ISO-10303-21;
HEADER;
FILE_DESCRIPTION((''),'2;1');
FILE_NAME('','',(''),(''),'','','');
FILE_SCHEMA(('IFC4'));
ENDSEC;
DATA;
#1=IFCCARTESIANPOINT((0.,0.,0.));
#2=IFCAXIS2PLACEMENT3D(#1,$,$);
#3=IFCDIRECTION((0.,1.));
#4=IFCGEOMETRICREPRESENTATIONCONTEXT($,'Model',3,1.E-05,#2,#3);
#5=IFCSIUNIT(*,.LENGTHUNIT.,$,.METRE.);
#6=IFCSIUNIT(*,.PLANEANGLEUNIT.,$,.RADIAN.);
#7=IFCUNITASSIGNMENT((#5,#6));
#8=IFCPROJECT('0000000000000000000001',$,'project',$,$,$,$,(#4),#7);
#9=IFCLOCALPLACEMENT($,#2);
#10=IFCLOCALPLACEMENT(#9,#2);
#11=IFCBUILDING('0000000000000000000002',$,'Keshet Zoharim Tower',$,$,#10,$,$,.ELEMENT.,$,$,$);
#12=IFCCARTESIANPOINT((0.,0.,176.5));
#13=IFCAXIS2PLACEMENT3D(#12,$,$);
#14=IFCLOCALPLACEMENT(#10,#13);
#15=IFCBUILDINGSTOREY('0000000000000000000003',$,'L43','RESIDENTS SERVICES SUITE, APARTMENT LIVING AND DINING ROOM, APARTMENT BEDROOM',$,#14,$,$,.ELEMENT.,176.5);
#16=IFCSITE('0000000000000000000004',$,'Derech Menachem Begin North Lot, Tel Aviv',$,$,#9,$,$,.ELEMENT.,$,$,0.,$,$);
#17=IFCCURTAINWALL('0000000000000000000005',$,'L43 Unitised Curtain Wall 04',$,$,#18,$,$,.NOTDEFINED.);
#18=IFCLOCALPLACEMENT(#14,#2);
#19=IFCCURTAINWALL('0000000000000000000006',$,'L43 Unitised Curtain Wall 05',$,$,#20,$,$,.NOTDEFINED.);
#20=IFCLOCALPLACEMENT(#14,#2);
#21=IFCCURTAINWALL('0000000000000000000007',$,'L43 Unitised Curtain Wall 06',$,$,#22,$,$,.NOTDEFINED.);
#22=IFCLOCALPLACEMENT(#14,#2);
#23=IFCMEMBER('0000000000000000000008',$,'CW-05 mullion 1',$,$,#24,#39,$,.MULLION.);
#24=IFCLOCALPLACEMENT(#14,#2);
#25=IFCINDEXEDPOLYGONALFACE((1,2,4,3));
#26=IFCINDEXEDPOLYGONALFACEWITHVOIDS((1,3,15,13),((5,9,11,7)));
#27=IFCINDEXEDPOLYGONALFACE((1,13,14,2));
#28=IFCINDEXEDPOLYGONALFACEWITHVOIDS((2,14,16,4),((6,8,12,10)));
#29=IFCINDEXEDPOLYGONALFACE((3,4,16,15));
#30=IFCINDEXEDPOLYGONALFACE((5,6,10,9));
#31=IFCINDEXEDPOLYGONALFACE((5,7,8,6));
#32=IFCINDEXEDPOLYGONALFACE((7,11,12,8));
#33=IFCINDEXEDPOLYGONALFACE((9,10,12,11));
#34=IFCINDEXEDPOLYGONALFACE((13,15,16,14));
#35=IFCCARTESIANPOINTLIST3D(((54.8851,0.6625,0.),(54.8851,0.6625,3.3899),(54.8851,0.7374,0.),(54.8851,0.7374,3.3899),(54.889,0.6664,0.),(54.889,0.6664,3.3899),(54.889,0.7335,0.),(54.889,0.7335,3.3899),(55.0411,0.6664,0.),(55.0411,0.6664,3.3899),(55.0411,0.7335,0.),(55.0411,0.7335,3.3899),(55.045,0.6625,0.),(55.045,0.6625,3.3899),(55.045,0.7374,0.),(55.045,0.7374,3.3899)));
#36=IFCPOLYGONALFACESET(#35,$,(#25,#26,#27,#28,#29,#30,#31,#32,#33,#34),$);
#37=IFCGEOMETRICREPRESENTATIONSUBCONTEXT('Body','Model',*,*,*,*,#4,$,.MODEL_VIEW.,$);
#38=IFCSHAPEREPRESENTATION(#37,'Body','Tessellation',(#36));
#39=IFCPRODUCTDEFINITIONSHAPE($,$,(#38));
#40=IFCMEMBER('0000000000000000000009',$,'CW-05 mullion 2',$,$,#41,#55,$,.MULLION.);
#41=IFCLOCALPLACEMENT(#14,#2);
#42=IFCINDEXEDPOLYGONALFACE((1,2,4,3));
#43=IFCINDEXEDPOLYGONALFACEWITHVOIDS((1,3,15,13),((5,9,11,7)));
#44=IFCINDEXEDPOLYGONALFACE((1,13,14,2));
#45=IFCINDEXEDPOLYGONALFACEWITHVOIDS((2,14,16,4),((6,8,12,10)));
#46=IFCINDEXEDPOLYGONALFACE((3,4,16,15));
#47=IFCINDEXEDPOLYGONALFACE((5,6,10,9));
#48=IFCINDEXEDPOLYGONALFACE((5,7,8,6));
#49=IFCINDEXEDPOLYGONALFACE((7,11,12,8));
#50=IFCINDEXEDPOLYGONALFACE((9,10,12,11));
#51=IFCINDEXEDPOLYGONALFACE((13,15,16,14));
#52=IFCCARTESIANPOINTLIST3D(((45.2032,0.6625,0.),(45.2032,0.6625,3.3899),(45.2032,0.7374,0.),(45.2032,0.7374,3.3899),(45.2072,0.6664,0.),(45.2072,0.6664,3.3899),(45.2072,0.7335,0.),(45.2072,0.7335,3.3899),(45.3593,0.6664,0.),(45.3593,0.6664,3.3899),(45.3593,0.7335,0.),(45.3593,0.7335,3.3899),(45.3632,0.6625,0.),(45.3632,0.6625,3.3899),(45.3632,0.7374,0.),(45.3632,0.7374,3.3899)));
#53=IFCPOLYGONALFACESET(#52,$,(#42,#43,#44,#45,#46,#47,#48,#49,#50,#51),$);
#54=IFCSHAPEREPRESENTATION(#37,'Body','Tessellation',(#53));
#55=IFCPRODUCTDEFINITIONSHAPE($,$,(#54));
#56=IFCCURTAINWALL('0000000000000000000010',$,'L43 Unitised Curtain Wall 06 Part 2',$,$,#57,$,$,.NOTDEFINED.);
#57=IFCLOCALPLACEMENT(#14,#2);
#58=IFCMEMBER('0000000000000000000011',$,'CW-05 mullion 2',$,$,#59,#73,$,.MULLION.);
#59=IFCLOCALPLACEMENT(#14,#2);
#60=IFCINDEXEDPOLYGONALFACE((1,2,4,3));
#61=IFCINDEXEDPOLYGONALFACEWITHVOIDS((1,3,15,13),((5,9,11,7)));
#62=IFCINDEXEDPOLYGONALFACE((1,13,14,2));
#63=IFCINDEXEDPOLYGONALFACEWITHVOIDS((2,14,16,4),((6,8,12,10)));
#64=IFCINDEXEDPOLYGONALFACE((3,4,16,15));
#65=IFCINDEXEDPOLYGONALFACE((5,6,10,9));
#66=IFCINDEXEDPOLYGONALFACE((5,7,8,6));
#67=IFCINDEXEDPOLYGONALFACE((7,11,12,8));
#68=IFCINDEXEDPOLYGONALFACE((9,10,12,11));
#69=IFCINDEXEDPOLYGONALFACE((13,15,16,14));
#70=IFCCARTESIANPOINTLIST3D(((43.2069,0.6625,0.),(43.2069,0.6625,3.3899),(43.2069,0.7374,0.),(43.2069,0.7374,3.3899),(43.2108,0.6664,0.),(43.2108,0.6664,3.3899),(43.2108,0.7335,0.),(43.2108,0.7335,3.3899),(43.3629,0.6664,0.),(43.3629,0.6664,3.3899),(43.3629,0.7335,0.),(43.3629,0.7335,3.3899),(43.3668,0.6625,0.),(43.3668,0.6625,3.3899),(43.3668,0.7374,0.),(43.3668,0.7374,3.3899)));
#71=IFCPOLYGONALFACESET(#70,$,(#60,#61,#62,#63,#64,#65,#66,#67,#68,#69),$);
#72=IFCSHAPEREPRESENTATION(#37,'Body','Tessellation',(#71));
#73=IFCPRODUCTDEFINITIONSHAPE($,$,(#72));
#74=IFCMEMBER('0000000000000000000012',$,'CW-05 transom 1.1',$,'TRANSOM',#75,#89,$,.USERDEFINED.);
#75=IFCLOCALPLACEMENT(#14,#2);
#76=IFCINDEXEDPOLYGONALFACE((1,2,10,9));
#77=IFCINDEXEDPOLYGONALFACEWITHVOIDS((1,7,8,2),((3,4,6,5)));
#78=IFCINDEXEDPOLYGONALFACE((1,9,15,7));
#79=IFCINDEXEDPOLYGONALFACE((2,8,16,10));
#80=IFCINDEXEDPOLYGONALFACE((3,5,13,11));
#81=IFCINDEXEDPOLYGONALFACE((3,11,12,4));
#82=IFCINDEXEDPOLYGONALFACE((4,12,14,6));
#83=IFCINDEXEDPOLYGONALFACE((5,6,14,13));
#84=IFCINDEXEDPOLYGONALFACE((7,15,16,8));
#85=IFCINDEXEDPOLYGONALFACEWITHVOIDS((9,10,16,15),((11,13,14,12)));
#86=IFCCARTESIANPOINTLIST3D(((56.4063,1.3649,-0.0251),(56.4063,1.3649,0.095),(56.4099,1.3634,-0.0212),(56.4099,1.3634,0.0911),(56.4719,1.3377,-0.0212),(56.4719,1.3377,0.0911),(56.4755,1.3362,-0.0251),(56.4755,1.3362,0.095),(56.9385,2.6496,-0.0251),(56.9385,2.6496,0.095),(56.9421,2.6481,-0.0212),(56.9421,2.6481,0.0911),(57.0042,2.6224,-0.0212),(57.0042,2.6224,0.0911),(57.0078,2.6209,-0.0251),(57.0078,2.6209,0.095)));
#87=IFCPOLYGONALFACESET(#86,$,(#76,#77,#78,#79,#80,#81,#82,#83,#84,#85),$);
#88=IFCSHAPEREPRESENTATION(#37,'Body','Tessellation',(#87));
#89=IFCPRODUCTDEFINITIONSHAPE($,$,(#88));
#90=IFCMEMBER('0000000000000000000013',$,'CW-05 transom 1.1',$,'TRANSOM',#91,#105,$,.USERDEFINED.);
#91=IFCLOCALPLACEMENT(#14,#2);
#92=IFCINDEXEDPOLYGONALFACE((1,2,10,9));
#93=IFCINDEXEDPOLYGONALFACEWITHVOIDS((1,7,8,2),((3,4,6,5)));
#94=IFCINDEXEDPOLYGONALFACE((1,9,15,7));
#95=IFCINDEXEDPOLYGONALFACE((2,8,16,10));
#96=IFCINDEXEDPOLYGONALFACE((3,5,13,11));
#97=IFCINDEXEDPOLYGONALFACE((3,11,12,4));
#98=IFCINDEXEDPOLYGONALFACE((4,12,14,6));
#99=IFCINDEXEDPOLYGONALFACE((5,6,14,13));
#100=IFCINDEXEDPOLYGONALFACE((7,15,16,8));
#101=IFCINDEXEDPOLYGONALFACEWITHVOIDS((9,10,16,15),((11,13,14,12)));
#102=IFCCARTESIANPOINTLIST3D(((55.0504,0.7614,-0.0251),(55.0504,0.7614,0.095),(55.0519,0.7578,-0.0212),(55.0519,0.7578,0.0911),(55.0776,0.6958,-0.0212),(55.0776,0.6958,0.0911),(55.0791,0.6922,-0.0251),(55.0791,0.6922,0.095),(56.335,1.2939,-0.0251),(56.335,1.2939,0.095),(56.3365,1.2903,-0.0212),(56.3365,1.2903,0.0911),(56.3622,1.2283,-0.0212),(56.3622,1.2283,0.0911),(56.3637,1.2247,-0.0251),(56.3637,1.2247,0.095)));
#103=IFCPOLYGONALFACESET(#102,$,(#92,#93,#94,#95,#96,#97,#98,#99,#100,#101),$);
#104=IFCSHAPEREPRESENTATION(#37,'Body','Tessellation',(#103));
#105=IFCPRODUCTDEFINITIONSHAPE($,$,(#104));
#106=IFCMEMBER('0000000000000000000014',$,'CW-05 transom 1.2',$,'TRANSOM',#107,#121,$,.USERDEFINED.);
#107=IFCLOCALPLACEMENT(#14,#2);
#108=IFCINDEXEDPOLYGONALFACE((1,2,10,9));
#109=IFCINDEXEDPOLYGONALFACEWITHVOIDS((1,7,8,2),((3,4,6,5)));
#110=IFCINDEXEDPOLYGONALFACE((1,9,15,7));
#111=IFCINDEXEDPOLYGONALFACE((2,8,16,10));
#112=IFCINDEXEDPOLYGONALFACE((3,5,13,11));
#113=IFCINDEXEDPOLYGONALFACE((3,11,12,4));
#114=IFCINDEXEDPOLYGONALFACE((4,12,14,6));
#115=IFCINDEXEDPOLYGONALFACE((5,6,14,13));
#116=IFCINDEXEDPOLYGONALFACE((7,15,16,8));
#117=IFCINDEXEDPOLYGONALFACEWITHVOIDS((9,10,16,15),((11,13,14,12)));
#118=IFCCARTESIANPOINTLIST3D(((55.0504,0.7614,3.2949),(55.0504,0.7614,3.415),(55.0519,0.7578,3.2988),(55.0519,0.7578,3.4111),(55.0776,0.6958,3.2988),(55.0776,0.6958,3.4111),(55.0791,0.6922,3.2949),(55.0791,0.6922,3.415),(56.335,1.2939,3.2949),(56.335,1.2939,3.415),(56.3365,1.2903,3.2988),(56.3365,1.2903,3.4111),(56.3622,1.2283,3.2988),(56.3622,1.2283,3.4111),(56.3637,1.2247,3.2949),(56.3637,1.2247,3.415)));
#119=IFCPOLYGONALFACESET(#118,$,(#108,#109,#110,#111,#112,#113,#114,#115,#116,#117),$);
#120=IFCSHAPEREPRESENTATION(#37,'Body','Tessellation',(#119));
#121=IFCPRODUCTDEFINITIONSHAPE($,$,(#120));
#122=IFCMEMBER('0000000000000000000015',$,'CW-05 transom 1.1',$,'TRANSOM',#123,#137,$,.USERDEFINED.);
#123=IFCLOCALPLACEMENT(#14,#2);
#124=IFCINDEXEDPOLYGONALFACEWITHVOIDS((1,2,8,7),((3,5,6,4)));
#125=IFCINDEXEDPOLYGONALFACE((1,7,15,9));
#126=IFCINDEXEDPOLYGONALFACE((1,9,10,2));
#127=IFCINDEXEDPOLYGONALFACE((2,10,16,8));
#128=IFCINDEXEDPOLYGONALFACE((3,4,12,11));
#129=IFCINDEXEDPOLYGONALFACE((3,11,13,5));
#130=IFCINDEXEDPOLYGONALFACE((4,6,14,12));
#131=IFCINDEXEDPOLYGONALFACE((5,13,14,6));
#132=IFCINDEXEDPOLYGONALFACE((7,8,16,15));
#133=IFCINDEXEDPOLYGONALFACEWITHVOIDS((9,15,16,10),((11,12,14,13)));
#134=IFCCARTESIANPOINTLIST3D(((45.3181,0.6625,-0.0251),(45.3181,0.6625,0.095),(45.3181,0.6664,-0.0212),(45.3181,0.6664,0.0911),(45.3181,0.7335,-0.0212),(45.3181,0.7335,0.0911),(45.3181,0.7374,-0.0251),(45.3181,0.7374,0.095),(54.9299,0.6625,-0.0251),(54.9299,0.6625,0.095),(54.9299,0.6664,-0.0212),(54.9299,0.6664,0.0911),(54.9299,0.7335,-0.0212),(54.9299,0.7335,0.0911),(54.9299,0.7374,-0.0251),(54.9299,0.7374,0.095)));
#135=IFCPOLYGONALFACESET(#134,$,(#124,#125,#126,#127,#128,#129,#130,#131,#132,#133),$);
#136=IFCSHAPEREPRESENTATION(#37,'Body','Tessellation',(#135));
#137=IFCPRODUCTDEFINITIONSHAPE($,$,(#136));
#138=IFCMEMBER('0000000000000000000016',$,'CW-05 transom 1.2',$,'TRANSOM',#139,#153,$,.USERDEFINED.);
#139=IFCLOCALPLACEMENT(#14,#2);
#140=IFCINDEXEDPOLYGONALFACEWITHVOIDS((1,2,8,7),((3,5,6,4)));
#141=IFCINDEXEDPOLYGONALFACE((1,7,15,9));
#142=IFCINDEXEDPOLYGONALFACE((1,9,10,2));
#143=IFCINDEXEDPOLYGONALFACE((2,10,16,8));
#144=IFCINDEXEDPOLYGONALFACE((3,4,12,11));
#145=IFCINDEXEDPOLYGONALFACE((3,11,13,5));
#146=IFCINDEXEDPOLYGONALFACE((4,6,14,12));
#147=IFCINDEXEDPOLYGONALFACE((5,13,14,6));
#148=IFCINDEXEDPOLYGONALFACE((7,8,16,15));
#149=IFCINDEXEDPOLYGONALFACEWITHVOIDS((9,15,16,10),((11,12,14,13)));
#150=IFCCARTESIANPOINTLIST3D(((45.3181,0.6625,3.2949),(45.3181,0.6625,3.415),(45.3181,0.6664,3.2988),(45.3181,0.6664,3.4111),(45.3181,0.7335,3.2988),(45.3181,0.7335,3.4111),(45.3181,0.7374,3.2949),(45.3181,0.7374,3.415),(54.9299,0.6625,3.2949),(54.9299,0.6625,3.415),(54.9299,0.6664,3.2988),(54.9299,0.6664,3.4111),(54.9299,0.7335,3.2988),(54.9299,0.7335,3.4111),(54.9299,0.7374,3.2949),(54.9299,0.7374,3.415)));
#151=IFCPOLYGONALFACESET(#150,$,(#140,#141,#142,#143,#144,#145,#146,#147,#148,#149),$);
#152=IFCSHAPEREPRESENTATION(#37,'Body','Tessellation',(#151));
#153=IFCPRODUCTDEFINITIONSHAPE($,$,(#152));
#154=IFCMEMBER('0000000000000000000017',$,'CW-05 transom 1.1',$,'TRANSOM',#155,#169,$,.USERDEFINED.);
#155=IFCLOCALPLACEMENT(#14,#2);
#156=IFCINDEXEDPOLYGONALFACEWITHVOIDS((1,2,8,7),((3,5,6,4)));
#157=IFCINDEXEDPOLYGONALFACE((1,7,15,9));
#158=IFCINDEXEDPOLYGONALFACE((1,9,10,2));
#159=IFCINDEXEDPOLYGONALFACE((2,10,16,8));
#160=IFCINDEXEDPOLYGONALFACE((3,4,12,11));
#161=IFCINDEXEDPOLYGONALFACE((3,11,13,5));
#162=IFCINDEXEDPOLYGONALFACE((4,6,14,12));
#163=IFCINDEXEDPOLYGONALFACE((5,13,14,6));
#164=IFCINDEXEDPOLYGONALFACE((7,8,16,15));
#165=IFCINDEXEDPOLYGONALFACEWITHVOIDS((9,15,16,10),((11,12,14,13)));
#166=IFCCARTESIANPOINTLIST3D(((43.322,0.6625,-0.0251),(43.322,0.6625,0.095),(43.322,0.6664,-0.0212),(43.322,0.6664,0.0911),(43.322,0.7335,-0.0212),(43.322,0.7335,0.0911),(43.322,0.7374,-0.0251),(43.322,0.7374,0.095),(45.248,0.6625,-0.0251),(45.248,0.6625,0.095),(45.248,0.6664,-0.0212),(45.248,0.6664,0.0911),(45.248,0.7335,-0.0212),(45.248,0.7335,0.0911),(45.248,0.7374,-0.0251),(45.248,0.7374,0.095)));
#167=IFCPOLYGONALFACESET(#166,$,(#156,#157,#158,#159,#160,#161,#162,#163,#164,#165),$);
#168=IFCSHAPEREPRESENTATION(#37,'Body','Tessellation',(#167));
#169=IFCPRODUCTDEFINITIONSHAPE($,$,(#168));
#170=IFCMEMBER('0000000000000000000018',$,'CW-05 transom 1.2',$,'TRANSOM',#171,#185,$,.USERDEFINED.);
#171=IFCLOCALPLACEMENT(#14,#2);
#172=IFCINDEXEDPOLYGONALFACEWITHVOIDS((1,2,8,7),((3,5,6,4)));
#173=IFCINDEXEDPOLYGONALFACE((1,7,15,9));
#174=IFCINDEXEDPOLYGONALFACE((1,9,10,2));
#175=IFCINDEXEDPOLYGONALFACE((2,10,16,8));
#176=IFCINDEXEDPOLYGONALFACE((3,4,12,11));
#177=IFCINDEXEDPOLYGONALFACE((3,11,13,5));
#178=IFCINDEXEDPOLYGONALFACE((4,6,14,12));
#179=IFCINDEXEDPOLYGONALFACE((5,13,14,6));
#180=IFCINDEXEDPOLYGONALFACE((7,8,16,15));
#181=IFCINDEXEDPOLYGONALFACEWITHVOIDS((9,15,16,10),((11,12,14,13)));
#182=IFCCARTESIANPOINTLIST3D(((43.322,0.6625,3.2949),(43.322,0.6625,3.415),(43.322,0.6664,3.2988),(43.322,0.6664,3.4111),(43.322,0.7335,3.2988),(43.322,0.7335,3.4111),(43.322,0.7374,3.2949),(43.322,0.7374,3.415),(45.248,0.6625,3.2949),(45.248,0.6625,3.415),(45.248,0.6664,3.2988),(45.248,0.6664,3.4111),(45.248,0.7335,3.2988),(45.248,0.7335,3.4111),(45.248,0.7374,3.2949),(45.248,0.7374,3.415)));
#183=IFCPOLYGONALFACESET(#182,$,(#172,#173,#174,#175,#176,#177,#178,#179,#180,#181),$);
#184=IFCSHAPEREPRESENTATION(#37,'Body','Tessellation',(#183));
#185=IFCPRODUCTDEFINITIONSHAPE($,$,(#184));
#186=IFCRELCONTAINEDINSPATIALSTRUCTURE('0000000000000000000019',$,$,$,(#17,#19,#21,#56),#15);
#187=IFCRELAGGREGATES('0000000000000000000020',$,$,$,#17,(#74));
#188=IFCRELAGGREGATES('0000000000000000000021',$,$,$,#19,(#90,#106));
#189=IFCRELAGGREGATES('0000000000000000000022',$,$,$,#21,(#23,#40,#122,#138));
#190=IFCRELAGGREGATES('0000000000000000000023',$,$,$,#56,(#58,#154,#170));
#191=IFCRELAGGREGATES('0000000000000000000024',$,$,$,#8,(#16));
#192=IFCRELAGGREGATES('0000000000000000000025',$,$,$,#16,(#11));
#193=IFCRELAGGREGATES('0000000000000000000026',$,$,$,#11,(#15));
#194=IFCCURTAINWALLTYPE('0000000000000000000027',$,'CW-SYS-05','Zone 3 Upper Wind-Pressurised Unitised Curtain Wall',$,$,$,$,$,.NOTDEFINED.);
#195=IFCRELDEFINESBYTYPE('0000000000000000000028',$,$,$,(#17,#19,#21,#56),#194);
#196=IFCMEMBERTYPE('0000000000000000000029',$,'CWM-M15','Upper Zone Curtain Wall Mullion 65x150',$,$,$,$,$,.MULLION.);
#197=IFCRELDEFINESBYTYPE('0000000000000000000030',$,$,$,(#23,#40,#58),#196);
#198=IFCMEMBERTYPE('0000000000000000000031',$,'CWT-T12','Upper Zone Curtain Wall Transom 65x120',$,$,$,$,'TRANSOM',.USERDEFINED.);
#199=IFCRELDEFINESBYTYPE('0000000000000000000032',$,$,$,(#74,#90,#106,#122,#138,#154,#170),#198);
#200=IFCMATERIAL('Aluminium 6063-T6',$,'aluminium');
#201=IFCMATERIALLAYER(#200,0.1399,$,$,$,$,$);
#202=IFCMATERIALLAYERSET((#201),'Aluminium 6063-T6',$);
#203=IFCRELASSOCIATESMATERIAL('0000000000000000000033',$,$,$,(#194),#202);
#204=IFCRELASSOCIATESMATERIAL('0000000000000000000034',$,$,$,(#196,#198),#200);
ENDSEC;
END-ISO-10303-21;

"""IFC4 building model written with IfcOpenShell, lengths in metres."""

from ifc_helpers import new_model, si_unit, direction, frame, origin, origin_2d, place, context, subcontext, project, spatial, hollow_rectangle, extrude, material, layer, layer_set, material_profile, profile_set, type_object, element, aggregate, save


model = new_model("IFC4")

# Units and contexts
model_context = context("Model", 3, precision=1e-05, world=origin(), true_north=direction((0.0, 1.0)))
body_context = subcontext(model_context, "Body", "Model", "MODEL_VIEW")
ifc_project = project(units=[si_unit("LENGTHUNIT", "METRE"), si_unit("PLANEANGLEUNIT", "RADIAN")], contexts=[model_context])

# Site, building, storey
site_placement = place(None, origin())
site = spatial("IfcSite", under=ifc_project, at=site_placement, Name="Derech Menachem Begin North Lot, Tel Aviv", CompositionType="ELEMENT", RefElevation=0.0)
building_placement = place(site_placement, origin())
building = spatial("IfcBuilding", under=site, at=building_placement, Name="Keshet Zoharim Tower", CompositionType="ELEMENT")
storey_placement = place(building_placement, frame((0.0, 0.0, 176.5)))
storey = spatial("IfcBuildingStorey", under=building, at=storey_placement, Name="L43", Description="RESIDENTS SERVICES SUITE, APARTMENT LIVING AND DINING ROOM, APARTMENT BEDROOM", CompositionType="ELEMENT", Elevation=176.5)

# Curtain wall
ifc_material_1 = material(Name="Aluminium 6063-T6", Category="aluminium")
ifc_layer_1 = layer(ifc_material_1, 0.1399)
ifc_layer_set_1 = layer_set([ifc_layer_1], Name="Aluminium 6063-T6")
curtain_wall_type = type_object("IfcCurtainWallType", Name="CW-SYS-05", Description="Zone 3 Upper Wind-Pressurised Unitised Curtain Wall", PredefinedType="NOTDEFINED", material=ifc_layer_set_1)
curtain_wall_1_placement = place(storey_placement, origin())
curtain_wall_1 = element("IfcCurtainWall", 1, at=curtain_wall_1_placement, inside=storey, type_object=curtain_wall_type, Name="L43 Unitised Curtain Wall 04", PredefinedType="NOTDEFINED")
ifc_material_profile_1 = material_profile(ifc_material_1, hollow_rectangle(XDim=0.075, YDim=0.1599, WallThickness=0.0039, at=origin_2d()), Name="MUL-75x160")
ifc_profile_set_1 = profile_set([ifc_material_profile_1], Name="Aluminium 6063-T6")
member_type_1 = type_object("IfcMemberType", Name="CWM-M15", Description="Upper Zone Curtain Wall Mullion 65x150", PredefinedType="MULLION", material=ifc_profile_set_1)

# Curtain walls, members
curtain_wall_2_placement = place(storey_placement, origin())
curtain_wall_2 = element("IfcCurtainWall", 2, at=curtain_wall_2_placement, inside=storey, type_object=curtain_wall_type, Name="L43 Unitised Curtain Wall 05", PredefinedType="NOTDEFINED")
curtain_wall_3_placement = place(storey_placement, origin())
curtain_wall_3 = element("IfcCurtainWall", 3, at=curtain_wall_3_placement, inside=storey, type_object=curtain_wall_type, Name="L43 Unitised Curtain Wall 06", PredefinedType="NOTDEFINED")
member_1_placement = place(storey_placement, frame((54.9651, 0.7, 0.0), z_axis=(0.0, 0.0, 1.0), x_axis=(0.0, -1.0, 0.0)))
member_1 = element("IfcMember", 4, at=member_1_placement, type_object=member_type_1, Name="CW-05 mullion 1", PredefinedType="MULLION", context=body_context, shape_type="SweptSolid", body=[
    extrude(hollow_rectangle(XDim=0.075, YDim=0.1599, WallThickness=0.0039, at=origin_2d()), origin(), (0.0, 0.0, 1.0), 3.3899),
])
member_2_placement = place(storey_placement, frame((45.2832, 0.7, 0.0), z_axis=(0.0, 0.0, 1.0), x_axis=(0.0, -1.0, 0.0)))
member_2 = element("IfcMember", 5, at=member_2_placement, type_object=member_type_1, Name="CW-05 mullion 2", PredefinedType="MULLION", context=body_context, shape_type="SweptSolid", body=[
    extrude(hollow_rectangle(XDim=0.075, YDim=0.1599, WallThickness=0.0039, at=origin_2d()), origin(), (0.0, 0.0, 1.0), 3.3899),
])

# Curtain wall, member
curtain_wall_4_placement = place(storey_placement, origin())
curtain_wall_4 = element("IfcCurtainWall", 6, at=curtain_wall_4_placement, inside=storey, type_object=curtain_wall_type, Name="L43 Unitised Curtain Wall 06 Part 2", PredefinedType="NOTDEFINED")
member_3_placement = place(storey_placement, frame((43.2869, 0.7, 0.0), z_axis=(0.0, 0.0, 1.0), x_axis=(0.0, -1.0, 0.0)))
member_3 = element("IfcMember", 7, at=member_3_placement, type_object=member_type_1, Name="CW-05 mullion 2", PredefinedType="MULLION", context=body_context, shape_type="SweptSolid", body=[
    extrude(hollow_rectangle(XDim=0.075, YDim=0.1599, WallThickness=0.0039, at=origin_2d()), origin(), (0.0, 0.0, 1.0), 3.3899),
])

# Members
ifc_material_profile_2 = material_profile(ifc_material_1, hollow_rectangle(XDim=0.075, YDim=0.1201, WallThickness=0.0039, at=origin_2d()), Name="TRN-75x120")
ifc_profile_set_2 = profile_set([ifc_material_profile_2], Name="Aluminium 6063-T6")
member_type_2 = type_object("IfcMemberType", Name="CWT-T12", Description="Upper Zone Curtain Wall Transom 65x120", ElementType="TRANSOM", PredefinedType="USERDEFINED", material=ifc_profile_set_2)
member_4_placement = place(storey_placement, frame((56.9731, 2.6353, 0.0349), z_axis=(-0.382745, -0.923854, 0.0), x_axis=(0.923854, -0.382745, 0.0)))
member_4 = element("IfcMember", 8, at=member_4_placement, type_object=member_type_2, Name="CW-05 transom 1.1", ObjectType="TRANSOM", PredefinedType="USERDEFINED", context=body_context, shape_type="SweptSolid", body=[
    extrude(hollow_rectangle(XDim=0.075, YDim=0.1201, WallThickness=0.0039, at=origin_2d()), origin(), (0.0, 0.0, 1.0), 1.3906),
])
member_5_placement = place(storey_placement, frame((56.3494, 1.2593, 0.0349), z_axis=(-0.923792, -0.382894, 0.0), x_axis=(0.382894, -0.923792, 0.0)))
member_5 = element("IfcMember", 9, at=member_5_placement, type_object=member_type_2, Name="CW-05 transom 1.1", ObjectType="TRANSOM", PredefinedType="USERDEFINED", context=body_context, shape_type="SweptSolid", body=[
    extrude(hollow_rectangle(XDim=0.075, YDim=0.1201, WallThickness=0.0039, at=origin_2d()), origin(), (0.0, 0.0, 1.0), 1.3906),
])
member_6_placement = place(storey_placement, frame((56.3494, 1.2593, 3.355), z_axis=(-0.923792, -0.382894, 0.0), x_axis=(0.382894, -0.923792, 0.0)))
member_6 = element("IfcMember", 10, at=member_6_placement, type_object=member_type_2, Name="CW-05 transom 1.2", ObjectType="TRANSOM", PredefinedType="USERDEFINED", context=body_context, shape_type="SweptSolid", body=[
    extrude(hollow_rectangle(XDim=0.075, YDim=0.1201, WallThickness=0.0039, at=origin_2d()), origin(), (0.0, 0.0, 1.0), 1.3906),
])
member_7_placement = place(storey_placement, frame((54.9299, 0.7, 0.0349), z_axis=(-1.0, 0.0, 0.0), x_axis=(0.0, -1.0, 0.0)))
member_7 = element("IfcMember", 11, at=member_7_placement, type_object=member_type_2, Name="CW-05 transom 1.1", ObjectType="TRANSOM", PredefinedType="USERDEFINED", context=body_context, shape_type="SweptSolid", body=[
    extrude(hollow_rectangle(XDim=0.075, YDim=0.1201, WallThickness=0.0039, at=origin_2d()), origin(), (0.0, 0.0, 1.0), 9.6118),
])
member_8_placement = place(storey_placement, frame((54.9299, 0.7, 3.355), z_axis=(-1.0, 0.0, 0.0), x_axis=(0.0, -1.0, 0.0)))
member_8 = element("IfcMember", 12, at=member_8_placement, type_object=member_type_2, Name="CW-05 transom 1.2", ObjectType="TRANSOM", PredefinedType="USERDEFINED", context=body_context, shape_type="SweptSolid", body=[
    extrude(hollow_rectangle(XDim=0.075, YDim=0.1201, WallThickness=0.0039, at=origin_2d()), origin(), (0.0, 0.0, 1.0), 9.6118),
])
member_9_placement = place(storey_placement, frame((45.248, 0.7, 0.0349), z_axis=(-1.0, 0.0, 0.0), x_axis=(0.0, -1.0, 0.0)))
member_9 = element("IfcMember", 13, at=member_9_placement, type_object=member_type_2, Name="CW-05 transom 1.1", ObjectType="TRANSOM", PredefinedType="USERDEFINED", context=body_context, shape_type="SweptSolid", body=[
    extrude(hollow_rectangle(XDim=0.075, YDim=0.1201, WallThickness=0.0039, at=origin_2d()), origin(), (0.0, 0.0, 1.0), 1.926),
])
member_10_placement = place(storey_placement, frame((45.248, 0.7, 3.355), z_axis=(-1.0, 0.0, 0.0), x_axis=(0.0, -1.0, 0.0)))
member_10 = element("IfcMember", 14, at=member_10_placement, type_object=member_type_2, Name="CW-05 transom 1.2", ObjectType="TRANSOM", PredefinedType="USERDEFINED", context=body_context, shape_type="SweptSolid", body=[
    extrude(hollow_rectangle(XDim=0.075, YDim=0.1201, WallThickness=0.0039, at=origin_2d()), origin(), (0.0, 0.0, 1.0), 1.926),
])

aggregate(curtain_wall_1, [member_4])
aggregate(curtain_wall_2, [member_5, member_6])
aggregate(curtain_wall_3, [member_1, member_2, member_7, member_8])
aggregate(curtain_wall_4, [member_3, member_9, member_10])

save(model, "model.ifc")
